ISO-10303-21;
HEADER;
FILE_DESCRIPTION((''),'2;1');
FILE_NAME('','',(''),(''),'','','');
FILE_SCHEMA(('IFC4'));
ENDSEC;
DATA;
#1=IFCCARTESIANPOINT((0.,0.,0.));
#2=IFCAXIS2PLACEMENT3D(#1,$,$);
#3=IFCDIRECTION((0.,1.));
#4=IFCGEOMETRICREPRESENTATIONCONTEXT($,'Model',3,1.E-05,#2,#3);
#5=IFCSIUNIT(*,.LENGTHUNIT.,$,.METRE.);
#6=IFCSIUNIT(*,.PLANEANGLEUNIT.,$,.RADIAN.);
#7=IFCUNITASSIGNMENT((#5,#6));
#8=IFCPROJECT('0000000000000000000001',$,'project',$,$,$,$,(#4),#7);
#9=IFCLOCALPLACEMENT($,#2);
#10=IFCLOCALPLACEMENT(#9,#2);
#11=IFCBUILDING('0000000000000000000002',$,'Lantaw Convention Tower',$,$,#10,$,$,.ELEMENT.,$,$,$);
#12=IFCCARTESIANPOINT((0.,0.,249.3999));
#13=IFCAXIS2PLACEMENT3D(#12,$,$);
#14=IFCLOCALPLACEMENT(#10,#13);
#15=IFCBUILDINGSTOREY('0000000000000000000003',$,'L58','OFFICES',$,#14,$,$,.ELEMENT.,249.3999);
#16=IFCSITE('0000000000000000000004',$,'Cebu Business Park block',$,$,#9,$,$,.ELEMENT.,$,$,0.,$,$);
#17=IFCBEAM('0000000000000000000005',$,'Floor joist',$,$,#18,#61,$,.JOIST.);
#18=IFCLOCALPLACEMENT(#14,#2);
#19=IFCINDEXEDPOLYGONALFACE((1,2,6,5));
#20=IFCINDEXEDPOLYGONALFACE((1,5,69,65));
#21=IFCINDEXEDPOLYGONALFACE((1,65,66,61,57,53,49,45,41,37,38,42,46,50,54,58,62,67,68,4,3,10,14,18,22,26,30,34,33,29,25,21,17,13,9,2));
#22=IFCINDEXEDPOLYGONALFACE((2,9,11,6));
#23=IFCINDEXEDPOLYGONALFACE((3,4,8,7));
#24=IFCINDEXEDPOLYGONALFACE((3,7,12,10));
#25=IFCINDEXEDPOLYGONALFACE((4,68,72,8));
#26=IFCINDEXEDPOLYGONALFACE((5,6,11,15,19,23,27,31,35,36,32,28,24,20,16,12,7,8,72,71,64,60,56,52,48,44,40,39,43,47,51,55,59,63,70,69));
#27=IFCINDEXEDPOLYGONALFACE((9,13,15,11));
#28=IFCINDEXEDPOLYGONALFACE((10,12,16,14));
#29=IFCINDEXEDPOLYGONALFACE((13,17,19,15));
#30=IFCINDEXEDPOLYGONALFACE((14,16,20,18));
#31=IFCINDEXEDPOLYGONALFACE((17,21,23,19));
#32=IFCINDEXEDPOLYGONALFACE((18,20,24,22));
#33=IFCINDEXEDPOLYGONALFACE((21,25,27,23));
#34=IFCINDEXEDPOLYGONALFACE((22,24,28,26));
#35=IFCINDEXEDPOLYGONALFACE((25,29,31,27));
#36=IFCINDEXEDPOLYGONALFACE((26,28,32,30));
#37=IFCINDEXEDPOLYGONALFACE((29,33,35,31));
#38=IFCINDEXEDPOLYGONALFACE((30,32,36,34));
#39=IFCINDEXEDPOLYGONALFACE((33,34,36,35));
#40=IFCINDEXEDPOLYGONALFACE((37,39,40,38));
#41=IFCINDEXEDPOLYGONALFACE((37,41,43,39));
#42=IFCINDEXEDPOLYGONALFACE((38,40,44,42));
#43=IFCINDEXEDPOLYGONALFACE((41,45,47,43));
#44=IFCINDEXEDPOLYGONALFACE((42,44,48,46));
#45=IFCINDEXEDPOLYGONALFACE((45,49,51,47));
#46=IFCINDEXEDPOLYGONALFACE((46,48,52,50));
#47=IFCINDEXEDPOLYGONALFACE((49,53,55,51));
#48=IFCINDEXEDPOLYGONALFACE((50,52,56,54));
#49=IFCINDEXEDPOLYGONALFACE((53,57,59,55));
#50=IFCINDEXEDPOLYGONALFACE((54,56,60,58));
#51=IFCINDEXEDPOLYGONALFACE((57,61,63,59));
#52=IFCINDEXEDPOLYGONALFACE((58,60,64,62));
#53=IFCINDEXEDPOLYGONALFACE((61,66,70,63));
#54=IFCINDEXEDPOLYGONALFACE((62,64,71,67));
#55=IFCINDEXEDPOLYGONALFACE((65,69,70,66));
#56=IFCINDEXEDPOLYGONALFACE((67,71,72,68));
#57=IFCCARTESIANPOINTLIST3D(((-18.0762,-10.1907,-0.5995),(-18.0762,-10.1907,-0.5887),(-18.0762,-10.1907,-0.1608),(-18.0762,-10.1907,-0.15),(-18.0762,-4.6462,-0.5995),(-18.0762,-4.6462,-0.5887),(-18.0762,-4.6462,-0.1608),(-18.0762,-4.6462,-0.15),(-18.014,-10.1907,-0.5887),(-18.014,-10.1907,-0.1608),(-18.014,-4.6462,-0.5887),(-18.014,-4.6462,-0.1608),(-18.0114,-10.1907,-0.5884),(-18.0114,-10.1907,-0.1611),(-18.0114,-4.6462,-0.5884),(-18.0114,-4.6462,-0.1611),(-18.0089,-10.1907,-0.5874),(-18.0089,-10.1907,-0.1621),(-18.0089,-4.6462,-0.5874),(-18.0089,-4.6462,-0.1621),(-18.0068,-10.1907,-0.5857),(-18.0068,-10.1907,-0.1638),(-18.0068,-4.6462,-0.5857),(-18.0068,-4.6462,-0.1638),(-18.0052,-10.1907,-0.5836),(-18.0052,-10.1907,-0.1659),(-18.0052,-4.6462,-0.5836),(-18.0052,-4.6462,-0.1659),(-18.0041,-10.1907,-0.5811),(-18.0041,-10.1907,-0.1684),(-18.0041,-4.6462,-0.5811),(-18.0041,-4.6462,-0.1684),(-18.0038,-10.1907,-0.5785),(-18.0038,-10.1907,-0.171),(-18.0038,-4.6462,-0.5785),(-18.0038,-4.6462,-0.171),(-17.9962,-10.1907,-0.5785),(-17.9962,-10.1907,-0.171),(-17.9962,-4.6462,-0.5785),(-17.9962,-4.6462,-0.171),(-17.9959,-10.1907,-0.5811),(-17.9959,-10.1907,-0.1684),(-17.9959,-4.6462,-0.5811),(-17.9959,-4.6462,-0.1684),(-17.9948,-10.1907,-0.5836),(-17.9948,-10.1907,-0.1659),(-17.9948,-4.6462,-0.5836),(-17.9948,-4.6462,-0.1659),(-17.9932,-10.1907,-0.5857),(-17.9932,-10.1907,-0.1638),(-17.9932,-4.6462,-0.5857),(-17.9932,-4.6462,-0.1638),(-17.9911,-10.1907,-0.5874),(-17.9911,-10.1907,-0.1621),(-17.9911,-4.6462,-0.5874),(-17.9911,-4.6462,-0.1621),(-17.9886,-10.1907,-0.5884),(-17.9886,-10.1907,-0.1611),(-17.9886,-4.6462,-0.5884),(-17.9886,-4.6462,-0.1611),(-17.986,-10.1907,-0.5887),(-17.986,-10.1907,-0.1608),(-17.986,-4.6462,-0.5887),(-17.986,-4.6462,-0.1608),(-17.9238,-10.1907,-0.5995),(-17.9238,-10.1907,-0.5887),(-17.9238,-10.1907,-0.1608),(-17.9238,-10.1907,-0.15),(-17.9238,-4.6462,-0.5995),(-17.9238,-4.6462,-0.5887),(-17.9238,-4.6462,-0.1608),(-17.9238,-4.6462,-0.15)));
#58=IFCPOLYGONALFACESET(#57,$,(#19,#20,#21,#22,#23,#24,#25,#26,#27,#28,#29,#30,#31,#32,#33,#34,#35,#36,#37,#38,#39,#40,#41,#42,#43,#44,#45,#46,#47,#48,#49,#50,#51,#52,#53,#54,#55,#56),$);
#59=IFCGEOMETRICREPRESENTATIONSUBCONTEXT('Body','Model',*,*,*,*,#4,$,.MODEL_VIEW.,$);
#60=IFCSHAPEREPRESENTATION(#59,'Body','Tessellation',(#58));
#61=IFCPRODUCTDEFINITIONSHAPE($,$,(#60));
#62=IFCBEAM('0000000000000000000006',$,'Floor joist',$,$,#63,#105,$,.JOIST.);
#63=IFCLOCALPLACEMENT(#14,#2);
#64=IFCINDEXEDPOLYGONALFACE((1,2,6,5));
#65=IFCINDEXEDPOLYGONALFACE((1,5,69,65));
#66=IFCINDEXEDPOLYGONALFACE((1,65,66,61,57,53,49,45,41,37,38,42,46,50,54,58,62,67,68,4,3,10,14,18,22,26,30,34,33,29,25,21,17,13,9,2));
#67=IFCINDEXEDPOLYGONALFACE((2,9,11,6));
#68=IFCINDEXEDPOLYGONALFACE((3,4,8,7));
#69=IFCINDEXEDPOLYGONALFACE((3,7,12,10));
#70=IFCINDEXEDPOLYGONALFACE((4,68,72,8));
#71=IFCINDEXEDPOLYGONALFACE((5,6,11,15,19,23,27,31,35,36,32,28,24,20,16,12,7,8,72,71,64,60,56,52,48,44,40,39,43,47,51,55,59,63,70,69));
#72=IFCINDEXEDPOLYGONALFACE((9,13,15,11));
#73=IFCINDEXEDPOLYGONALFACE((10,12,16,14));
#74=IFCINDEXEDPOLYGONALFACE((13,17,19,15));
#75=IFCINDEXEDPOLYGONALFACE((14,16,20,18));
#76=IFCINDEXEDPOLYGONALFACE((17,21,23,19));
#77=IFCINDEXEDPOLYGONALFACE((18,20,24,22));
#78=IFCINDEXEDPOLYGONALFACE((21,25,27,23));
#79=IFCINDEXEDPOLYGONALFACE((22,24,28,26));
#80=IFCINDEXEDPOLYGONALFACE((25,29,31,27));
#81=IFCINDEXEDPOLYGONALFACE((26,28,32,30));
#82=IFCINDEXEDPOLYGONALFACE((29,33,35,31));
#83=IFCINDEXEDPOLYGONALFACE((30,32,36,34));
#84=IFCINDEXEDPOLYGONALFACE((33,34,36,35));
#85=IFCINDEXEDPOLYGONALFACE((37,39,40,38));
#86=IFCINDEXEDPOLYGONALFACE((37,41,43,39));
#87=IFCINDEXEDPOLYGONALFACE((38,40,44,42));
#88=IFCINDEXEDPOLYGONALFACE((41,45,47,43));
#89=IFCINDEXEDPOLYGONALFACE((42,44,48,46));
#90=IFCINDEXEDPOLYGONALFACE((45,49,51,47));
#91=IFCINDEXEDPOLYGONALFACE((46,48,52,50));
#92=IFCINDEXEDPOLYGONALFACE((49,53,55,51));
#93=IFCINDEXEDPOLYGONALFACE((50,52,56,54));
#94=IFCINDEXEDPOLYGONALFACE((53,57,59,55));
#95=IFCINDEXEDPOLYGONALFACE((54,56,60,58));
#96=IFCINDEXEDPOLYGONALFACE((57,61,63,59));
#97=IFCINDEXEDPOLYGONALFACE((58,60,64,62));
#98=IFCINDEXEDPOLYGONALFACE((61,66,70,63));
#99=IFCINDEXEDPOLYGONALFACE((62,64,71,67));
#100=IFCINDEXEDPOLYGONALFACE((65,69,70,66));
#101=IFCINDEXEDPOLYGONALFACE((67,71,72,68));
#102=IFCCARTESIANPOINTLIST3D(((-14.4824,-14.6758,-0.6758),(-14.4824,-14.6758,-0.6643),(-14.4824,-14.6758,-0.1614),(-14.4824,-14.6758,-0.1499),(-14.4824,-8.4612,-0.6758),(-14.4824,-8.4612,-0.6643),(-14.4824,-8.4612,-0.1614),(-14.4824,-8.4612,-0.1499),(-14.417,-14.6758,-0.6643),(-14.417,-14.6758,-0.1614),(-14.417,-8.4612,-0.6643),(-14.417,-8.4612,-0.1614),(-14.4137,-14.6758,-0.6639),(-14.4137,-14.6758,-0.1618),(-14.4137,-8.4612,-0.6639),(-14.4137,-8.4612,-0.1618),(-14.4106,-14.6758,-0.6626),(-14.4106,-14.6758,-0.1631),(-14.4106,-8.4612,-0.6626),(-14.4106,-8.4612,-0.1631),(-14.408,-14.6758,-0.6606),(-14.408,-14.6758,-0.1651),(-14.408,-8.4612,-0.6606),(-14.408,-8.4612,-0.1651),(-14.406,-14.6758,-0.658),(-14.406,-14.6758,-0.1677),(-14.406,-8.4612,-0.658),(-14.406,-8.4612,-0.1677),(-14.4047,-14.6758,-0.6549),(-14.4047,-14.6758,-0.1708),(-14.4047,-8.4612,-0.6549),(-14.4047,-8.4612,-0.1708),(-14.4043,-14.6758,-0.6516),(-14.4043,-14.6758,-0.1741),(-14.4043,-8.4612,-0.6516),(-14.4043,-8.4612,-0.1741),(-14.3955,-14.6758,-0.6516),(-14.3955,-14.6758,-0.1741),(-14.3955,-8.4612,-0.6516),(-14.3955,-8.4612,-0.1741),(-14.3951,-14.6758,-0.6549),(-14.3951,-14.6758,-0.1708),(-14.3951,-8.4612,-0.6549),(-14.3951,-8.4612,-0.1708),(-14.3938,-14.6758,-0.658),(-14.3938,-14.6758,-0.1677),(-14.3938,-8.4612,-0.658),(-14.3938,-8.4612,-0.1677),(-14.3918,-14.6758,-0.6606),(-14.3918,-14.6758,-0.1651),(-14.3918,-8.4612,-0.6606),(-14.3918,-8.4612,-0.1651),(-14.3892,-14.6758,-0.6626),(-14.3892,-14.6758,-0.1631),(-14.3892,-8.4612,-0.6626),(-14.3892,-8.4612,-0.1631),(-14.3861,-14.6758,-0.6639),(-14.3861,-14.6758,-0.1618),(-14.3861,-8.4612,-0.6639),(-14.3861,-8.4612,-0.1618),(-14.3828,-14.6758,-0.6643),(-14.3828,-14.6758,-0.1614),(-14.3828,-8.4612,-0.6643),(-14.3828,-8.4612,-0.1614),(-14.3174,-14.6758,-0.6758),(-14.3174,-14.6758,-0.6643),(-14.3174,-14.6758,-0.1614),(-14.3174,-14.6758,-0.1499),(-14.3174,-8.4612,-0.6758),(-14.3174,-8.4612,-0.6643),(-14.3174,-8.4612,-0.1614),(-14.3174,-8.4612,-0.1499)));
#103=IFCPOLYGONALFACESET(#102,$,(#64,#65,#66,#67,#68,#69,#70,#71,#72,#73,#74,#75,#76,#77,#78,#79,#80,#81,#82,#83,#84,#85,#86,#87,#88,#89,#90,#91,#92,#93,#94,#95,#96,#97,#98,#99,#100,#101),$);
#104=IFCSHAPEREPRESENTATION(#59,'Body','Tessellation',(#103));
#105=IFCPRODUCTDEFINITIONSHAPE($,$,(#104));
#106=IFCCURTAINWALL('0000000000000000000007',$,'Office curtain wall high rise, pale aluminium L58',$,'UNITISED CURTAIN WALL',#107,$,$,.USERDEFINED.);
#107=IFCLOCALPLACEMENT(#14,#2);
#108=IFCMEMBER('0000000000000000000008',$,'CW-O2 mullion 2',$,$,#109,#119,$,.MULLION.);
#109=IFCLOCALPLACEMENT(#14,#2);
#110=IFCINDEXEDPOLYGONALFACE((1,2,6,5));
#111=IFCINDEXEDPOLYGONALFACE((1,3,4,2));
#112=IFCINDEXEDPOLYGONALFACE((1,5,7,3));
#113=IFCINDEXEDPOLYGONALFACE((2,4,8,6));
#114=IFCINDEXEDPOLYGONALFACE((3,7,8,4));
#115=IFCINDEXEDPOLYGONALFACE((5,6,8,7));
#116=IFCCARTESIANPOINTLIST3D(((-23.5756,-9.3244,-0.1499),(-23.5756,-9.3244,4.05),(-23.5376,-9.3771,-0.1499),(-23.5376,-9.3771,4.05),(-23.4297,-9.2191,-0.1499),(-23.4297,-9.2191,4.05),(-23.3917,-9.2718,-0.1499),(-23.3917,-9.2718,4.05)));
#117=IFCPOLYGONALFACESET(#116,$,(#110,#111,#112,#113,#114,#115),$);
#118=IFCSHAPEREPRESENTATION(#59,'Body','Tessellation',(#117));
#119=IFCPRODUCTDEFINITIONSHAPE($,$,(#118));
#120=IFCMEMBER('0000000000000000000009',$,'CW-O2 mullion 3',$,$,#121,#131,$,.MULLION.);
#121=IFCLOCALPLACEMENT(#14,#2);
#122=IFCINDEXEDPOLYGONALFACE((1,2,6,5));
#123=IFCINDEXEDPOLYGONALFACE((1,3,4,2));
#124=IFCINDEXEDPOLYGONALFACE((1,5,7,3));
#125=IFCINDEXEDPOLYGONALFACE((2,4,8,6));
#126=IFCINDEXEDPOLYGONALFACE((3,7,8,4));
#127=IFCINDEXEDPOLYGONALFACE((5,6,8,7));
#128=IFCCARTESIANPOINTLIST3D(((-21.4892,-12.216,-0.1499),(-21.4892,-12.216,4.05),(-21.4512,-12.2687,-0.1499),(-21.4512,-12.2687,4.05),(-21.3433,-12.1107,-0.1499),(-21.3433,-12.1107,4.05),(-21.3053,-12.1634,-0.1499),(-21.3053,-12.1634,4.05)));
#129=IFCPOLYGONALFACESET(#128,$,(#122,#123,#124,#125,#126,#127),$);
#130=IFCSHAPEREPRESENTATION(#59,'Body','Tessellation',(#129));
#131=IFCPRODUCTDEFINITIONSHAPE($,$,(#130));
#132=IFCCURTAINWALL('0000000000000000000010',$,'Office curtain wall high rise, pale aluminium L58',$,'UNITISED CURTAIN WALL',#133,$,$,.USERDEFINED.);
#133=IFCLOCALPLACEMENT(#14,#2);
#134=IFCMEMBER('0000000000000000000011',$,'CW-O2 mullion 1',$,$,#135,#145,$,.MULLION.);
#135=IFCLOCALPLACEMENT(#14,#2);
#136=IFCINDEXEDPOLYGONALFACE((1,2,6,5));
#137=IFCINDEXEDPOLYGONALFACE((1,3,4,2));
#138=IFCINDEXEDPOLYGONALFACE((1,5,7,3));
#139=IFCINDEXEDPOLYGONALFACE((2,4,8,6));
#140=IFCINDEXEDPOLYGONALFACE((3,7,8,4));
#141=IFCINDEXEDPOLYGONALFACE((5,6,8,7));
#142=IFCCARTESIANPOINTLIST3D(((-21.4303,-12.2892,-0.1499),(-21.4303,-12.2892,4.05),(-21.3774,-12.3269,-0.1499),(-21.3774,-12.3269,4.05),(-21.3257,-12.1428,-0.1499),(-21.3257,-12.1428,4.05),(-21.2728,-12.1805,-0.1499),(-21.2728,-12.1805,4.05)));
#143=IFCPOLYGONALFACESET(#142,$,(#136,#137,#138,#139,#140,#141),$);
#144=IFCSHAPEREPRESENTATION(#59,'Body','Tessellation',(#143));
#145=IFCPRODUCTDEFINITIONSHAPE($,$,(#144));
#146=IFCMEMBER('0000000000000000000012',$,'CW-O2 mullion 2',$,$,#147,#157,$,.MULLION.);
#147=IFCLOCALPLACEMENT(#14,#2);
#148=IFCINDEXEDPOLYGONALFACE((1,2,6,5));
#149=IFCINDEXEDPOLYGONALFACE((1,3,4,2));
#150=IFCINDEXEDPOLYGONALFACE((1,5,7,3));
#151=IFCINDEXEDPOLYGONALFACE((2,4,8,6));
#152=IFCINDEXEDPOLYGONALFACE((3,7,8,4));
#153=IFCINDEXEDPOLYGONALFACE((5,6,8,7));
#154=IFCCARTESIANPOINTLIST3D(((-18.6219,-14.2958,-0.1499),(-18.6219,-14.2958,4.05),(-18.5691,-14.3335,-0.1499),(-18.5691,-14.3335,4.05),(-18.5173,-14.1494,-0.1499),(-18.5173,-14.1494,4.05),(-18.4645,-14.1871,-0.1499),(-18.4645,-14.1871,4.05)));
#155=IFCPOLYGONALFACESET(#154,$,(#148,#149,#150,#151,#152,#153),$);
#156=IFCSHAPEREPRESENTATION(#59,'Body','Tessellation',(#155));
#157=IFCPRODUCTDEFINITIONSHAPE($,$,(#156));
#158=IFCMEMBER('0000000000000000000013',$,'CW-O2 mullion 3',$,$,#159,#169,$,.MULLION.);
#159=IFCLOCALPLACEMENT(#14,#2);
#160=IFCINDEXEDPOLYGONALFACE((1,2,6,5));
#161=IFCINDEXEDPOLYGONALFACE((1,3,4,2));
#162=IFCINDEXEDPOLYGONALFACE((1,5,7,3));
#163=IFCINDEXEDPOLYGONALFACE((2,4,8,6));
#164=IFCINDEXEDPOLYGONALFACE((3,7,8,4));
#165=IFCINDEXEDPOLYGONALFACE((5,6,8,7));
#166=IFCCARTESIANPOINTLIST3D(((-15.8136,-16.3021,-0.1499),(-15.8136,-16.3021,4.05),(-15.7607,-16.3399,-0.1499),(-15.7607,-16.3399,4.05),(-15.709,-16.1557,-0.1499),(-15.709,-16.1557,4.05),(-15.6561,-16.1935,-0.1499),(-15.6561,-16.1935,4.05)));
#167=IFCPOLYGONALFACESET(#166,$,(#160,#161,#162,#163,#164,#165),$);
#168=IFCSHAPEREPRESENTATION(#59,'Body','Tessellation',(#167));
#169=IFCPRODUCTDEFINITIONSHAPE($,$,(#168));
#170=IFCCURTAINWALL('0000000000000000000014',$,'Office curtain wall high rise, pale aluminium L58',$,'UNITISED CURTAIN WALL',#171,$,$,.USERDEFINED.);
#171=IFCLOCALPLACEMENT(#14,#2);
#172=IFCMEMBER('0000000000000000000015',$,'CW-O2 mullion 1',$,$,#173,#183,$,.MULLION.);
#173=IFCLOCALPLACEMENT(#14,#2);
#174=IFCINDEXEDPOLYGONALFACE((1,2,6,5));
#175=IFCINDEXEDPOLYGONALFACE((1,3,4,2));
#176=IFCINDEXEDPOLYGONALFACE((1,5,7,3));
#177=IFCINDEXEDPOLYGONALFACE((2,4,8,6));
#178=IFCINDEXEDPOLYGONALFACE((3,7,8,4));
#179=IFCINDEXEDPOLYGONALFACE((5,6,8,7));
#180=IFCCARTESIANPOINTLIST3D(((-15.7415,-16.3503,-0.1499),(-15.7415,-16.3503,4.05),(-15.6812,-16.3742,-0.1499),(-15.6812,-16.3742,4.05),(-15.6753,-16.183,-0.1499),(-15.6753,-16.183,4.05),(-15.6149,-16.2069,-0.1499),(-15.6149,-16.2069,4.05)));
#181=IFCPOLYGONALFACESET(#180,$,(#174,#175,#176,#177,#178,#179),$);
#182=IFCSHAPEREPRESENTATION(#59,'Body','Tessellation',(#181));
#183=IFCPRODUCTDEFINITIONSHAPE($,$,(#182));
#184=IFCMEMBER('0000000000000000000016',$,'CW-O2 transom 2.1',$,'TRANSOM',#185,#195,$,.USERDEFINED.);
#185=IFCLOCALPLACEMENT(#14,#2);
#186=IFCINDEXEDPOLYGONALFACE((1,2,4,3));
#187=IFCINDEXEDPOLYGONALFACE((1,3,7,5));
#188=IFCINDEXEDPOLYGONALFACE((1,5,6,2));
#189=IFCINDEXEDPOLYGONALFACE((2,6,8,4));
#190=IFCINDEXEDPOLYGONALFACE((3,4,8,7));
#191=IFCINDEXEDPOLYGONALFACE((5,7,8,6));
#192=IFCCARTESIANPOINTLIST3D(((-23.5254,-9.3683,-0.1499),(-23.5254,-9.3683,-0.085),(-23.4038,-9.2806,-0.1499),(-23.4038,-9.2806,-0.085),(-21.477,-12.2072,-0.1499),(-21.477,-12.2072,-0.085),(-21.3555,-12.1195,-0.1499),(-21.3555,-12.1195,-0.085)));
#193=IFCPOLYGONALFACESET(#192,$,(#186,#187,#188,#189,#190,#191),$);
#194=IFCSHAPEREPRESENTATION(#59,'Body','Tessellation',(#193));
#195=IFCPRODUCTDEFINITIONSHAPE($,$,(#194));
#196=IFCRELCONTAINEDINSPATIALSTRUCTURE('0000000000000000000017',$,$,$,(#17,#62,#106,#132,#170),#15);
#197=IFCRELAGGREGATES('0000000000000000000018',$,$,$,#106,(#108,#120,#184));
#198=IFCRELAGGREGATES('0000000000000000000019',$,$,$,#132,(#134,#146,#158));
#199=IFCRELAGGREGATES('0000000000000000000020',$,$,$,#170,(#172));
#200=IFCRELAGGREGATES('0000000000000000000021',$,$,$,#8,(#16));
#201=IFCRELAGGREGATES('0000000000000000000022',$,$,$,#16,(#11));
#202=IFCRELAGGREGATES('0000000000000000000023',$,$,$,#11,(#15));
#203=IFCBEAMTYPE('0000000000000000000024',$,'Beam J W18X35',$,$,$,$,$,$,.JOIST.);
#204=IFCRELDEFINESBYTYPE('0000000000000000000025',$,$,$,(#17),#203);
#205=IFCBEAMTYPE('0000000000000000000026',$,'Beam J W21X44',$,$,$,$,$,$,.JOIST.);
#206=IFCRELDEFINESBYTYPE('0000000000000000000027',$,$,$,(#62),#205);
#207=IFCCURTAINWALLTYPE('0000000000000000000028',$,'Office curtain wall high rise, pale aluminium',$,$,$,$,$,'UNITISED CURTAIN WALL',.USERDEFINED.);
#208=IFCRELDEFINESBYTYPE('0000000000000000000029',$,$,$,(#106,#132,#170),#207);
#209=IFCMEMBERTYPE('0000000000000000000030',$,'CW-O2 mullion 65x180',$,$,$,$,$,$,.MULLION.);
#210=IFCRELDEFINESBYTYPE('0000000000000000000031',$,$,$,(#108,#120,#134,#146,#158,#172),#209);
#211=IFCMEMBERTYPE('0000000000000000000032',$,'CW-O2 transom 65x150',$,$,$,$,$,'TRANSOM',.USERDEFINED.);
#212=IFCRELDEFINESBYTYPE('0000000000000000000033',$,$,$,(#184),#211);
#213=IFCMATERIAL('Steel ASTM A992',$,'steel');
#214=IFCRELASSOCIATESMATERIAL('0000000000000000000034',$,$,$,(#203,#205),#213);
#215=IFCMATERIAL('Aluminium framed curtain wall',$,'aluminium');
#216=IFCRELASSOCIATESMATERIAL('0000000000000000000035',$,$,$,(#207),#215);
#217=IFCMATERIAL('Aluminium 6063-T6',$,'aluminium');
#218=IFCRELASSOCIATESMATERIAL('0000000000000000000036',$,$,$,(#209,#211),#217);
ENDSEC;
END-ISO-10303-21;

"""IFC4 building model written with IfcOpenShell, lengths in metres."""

from ifc_helpers import new_model, si_unit, direction, frame, origin, origin_2d, place, context, subcontext, project, spatial, rectangle, i_section, extrude, material, material_profile, profile_set, type_object, element, aggregate, save


model = new_model("IFC4")

# Units and contexts
model_context = context("Model", 3, precision=1e-05, world=origin(), true_north=direction((0.0, 1.0)))
body_context = subcontext(model_context, "Body", "Model", "MODEL_VIEW")
ifc_project = project(units=[si_unit("LENGTHUNIT", "METRE"), si_unit("PLANEANGLEUNIT", "RADIAN")], contexts=[model_context])

# Site, building, storey
site_placement = place(None, origin())
site = spatial("IfcSite", under=ifc_project, at=site_placement, Name="Cebu Business Park block", CompositionType="ELEMENT", RefElevation=0.0)
building_placement = place(site_placement, origin())
building = spatial("IfcBuilding", under=site, at=building_placement, Name="Lantaw Convention Tower", CompositionType="ELEMENT")
storey_placement = place(building_placement, frame((0.0, 0.0, 249.3999)))
storey = spatial("IfcBuildingStorey", under=building, at=storey_placement, Name="L58", Description="OFFICES", CompositionType="ELEMENT", Elevation=249.3999)

# Beams
ifc_material_1 = material(Name="Steel ASTM A992", Category="steel")
ifc_material_profile_1 = material_profile(ifc_material_1, i_section(OverallWidth=0.1523, OverallDepth=0.4495, WebThickness=0.0076, FlangeThickness=0.0107, FilletRadius=0.0103, at=origin_2d()), Name="W18X35")
ifc_profile_set_1 = profile_set([ifc_material_profile_1], Name="Steel ASTM A992")
beam_type_1 = type_object("IfcBeamType", Name="Beam J W18X35", PredefinedType="JOIST", material=ifc_profile_set_1)
beam_1_placement = place(storey_placement, frame((-18.0, -10.1907, -0.3748), z_axis=(0.0, 1.0, 0.0), x_axis=(-1.0, 0.0, 0.0)))
element("IfcBeam", 1, at=beam_1_placement, inside=storey, type_object=beam_type_1, Name="Floor joist", PredefinedType="JOIST", context=body_context, shape_type="SweptSolid", body=[
    extrude(i_section(OverallWidth=0.1523, OverallDepth=0.4495, WebThickness=0.0076, FlangeThickness=0.0107, FilletRadius=0.0103, at=origin_2d()), origin(), (0.0, 0.0, 1.0), 5.5444),
])
ifc_material_profile_2 = material_profile(ifc_material_1, i_section(OverallWidth=0.165, OverallDepth=0.5259, WebThickness=0.0088, FlangeThickness=0.0115, FilletRadius=0.0127, at=origin_2d()), Name="W21X44")
ifc_profile_set_2 = profile_set([ifc_material_profile_2], Name="Steel ASTM A992")
beam_type_2 = type_object("IfcBeamType", Name="Beam J W21X44", PredefinedType="JOIST", material=ifc_profile_set_2)
beam_2_placement = place(storey_placement, frame((-14.3999, -14.6758, -0.4128), z_axis=(0.0, 1.0, 0.0), x_axis=(-1.0, 0.0, 0.0)))
element("IfcBeam", 2, at=beam_2_placement, inside=storey, type_object=beam_type_2, Name="Floor joist", PredefinedType="JOIST", context=body_context, shape_type="SweptSolid", body=[
    extrude(i_section(OverallWidth=0.165, OverallDepth=0.5259, WebThickness=0.0088, FlangeThickness=0.0115, FilletRadius=0.0127, at=origin_2d()), origin(), (0.0, 0.0, 1.0), 6.2146),
])

# Curtain walls, members
ifc_material_2 = material(Name="Aluminium framed curtain wall", Category="aluminium")
curtain_wall_type = type_object("IfcCurtainWallType", Name="Office curtain wall high rise, pale aluminium", ElementType="UNITISED CURTAIN WALL", PredefinedType="USERDEFINED", material=ifc_material_2)
curtain_wall_1_placement = place(storey_placement, origin())
curtain_wall_1 = element("IfcCurtainWall", 3, at=curtain_wall_1_placement, inside=storey, type_object=curtain_wall_type, Name="Office curtain wall high rise, pale aluminium L58", ObjectType="UNITISED CURTAIN WALL", PredefinedType="USERDEFINED")
ifc_material_3 = material(Name="Aluminium 6063-T6", Category="aluminium")
ifc_material_profile_3 = material_profile(ifc_material_3, rectangle(XDim=0.1799, YDim=0.0649, at=origin_2d()), Name="CW-O2 mullion 65x180")
ifc_profile_set_3 = profile_set([ifc_material_profile_3], Name="Aluminium 6063-T6")
member_type_1 = type_object("IfcMemberType", Name="CW-O2 mullion 65x180", PredefinedType="MULLION", material=ifc_profile_set_3)
member_1_placement = place(storey_placement, frame((-23.4836, -9.2981, -0.1499), z_axis=(0.0, 0.0, 1.0), x_axis=(0.81092, 0.585158, 0.0)))
member_1 = element("IfcMember", 4, at=member_1_placement, type_object=member_type_1, Name="CW-O2 mullion 2", PredefinedType="MULLION", context=body_context, shape_type="SweptSolid", body=[
    extrude(rectangle(XDim=0.1799, YDim=0.0649, at=origin_2d()), origin(), (0.0, 0.0, 1.0), 4.2),
])
member_2_placement = place(storey_placement, frame((-21.3972, -12.1897, -0.1499), z_axis=(0.0, 0.0, 1.0), x_axis=(0.81092, 0.585158, 0.0)))
member_2 = element("IfcMember", 5, at=member_2_placement, type_object=member_type_1, Name="CW-O2 mullion 3", PredefinedType="MULLION", context=body_context, shape_type="SweptSolid", body=[
    extrude(rectangle(XDim=0.1799, YDim=0.0649, at=origin_2d()), origin(), (0.0, 0.0, 1.0), 4.2),
])
curtain_wall_2_placement = place(storey_placement, origin())
curtain_wall_2 = element("IfcCurtainWall", 6, at=curtain_wall_2_placement, inside=storey, type_object=curtain_wall_type, Name="Office curtain wall high rise, pale aluminium L58", ObjectType="UNITISED CURTAIN WALL", PredefinedType="USERDEFINED")
member_3_placement = place(storey_placement, frame((-21.3516, -12.2349, -0.1499), z_axis=(0.0, 0.0, 1.0), x_axis=(0.581323, 0.813673, 0.0)))
member_3 = element("IfcMember", 7, at=member_3_placement, type_object=member_type_1, Name="CW-O2 mullion 1", PredefinedType="MULLION", context=body_context, shape_type="SweptSolid", body=[
    extrude(rectangle(XDim=0.1799, YDim=0.0649, at=origin_2d()), origin(), (0.0, 0.0, 1.0), 4.2),
])
member_4_placement = place(storey_placement, frame((-18.5432, -14.2415, -0.1499), z_axis=(0.0, 0.0, 1.0), x_axis=(0.581323, 0.813673, 0.0)))
member_4 = element("IfcMember", 8, at=member_4_placement, type_object=member_type_1, Name="CW-O2 mullion 2", PredefinedType="MULLION", context=body_context, shape_type="SweptSolid", body=[
    extrude(rectangle(XDim=0.1799, YDim=0.0649, at=origin_2d()), origin(), (0.0, 0.0, 1.0), 4.2),
])
member_5_placement = place(storey_placement, frame((-15.7349, -16.2478, -0.1499), z_axis=(0.0, 0.0, 1.0), x_axis=(0.581323, 0.813673, 0.0)))
member_5 = element("IfcMember", 9, at=member_5_placement, type_object=member_type_1, Name="CW-O2 mullion 3", PredefinedType="MULLION", context=body_context, shape_type="SweptSolid", body=[
    extrude(rectangle(XDim=0.1799, YDim=0.0649, at=origin_2d()), origin(), (0.0, 0.0, 1.0), 4.2),
])

# Curtain wall, member
curtain_wall_3_placement = place(storey_placement, origin())
curtain_wall_3 = element("IfcCurtainWall", 10, at=curtain_wall_3_placement, inside=storey, type_object=curtain_wall_type, Name="Office curtain wall high rise, pale aluminium L58", ObjectType="UNITISED CURTAIN WALL", PredefinedType="USERDEFINED")
member_6_placement = place(storey_placement, frame((-15.6782, -16.2786, -0.1499), z_axis=(0.0, 0.0, 1.0), x_axis=(0.368162, 0.929762, 0.0)))
member_6 = element("IfcMember", 11, at=member_6_placement, type_object=member_type_1, Name="CW-O2 mullion 1", PredefinedType="MULLION", context=body_context, shape_type="SweptSolid", body=[
    extrude(rectangle(XDim=0.1799, YDim=0.0649, at=origin_2d()), origin(), (0.0, 0.0, 1.0), 4.2),
])

# Member
ifc_material_profile_4 = material_profile(ifc_material_3, rectangle(XDim=0.1499, YDim=0.0649, at=origin_2d()), Name="CW-O2 transom 65x150")
ifc_profile_set_4 = profile_set([ifc_material_profile_4], Name="Aluminium 6063-T6")
member_type_2 = type_object("IfcMemberType", Name="CW-O2 transom 65x150", ElementType="TRANSOM", PredefinedType="USERDEFINED", material=ifc_profile_set_4)
member_7_placement = place(storey_placement, frame((-23.4646, -9.3245, -0.1174), z_axis=(0.585124, -0.810944, 0.0), x_axis=(0.810944, 0.585124, 0.0)))
member_7 = element("IfcMember", 12, at=member_7_placement, type_object=member_type_2, Name="CW-O2 transom 2.1", ObjectType="TRANSOM", PredefinedType="USERDEFINED", context=body_context, shape_type="SweptSolid", body=[
    extrude(rectangle(XDim=0.1499, YDim=0.0649, at=origin_2d()), origin(), (0.0, 0.0, 1.0), 3.5007),
])

aggregate(curtain_wall_1, [member_1, member_2, member_7])
aggregate(curtain_wall_2, [member_3, member_4, member_5])
aggregate(curtain_wall_3, [member_6])

save(model, "model.ifc")
